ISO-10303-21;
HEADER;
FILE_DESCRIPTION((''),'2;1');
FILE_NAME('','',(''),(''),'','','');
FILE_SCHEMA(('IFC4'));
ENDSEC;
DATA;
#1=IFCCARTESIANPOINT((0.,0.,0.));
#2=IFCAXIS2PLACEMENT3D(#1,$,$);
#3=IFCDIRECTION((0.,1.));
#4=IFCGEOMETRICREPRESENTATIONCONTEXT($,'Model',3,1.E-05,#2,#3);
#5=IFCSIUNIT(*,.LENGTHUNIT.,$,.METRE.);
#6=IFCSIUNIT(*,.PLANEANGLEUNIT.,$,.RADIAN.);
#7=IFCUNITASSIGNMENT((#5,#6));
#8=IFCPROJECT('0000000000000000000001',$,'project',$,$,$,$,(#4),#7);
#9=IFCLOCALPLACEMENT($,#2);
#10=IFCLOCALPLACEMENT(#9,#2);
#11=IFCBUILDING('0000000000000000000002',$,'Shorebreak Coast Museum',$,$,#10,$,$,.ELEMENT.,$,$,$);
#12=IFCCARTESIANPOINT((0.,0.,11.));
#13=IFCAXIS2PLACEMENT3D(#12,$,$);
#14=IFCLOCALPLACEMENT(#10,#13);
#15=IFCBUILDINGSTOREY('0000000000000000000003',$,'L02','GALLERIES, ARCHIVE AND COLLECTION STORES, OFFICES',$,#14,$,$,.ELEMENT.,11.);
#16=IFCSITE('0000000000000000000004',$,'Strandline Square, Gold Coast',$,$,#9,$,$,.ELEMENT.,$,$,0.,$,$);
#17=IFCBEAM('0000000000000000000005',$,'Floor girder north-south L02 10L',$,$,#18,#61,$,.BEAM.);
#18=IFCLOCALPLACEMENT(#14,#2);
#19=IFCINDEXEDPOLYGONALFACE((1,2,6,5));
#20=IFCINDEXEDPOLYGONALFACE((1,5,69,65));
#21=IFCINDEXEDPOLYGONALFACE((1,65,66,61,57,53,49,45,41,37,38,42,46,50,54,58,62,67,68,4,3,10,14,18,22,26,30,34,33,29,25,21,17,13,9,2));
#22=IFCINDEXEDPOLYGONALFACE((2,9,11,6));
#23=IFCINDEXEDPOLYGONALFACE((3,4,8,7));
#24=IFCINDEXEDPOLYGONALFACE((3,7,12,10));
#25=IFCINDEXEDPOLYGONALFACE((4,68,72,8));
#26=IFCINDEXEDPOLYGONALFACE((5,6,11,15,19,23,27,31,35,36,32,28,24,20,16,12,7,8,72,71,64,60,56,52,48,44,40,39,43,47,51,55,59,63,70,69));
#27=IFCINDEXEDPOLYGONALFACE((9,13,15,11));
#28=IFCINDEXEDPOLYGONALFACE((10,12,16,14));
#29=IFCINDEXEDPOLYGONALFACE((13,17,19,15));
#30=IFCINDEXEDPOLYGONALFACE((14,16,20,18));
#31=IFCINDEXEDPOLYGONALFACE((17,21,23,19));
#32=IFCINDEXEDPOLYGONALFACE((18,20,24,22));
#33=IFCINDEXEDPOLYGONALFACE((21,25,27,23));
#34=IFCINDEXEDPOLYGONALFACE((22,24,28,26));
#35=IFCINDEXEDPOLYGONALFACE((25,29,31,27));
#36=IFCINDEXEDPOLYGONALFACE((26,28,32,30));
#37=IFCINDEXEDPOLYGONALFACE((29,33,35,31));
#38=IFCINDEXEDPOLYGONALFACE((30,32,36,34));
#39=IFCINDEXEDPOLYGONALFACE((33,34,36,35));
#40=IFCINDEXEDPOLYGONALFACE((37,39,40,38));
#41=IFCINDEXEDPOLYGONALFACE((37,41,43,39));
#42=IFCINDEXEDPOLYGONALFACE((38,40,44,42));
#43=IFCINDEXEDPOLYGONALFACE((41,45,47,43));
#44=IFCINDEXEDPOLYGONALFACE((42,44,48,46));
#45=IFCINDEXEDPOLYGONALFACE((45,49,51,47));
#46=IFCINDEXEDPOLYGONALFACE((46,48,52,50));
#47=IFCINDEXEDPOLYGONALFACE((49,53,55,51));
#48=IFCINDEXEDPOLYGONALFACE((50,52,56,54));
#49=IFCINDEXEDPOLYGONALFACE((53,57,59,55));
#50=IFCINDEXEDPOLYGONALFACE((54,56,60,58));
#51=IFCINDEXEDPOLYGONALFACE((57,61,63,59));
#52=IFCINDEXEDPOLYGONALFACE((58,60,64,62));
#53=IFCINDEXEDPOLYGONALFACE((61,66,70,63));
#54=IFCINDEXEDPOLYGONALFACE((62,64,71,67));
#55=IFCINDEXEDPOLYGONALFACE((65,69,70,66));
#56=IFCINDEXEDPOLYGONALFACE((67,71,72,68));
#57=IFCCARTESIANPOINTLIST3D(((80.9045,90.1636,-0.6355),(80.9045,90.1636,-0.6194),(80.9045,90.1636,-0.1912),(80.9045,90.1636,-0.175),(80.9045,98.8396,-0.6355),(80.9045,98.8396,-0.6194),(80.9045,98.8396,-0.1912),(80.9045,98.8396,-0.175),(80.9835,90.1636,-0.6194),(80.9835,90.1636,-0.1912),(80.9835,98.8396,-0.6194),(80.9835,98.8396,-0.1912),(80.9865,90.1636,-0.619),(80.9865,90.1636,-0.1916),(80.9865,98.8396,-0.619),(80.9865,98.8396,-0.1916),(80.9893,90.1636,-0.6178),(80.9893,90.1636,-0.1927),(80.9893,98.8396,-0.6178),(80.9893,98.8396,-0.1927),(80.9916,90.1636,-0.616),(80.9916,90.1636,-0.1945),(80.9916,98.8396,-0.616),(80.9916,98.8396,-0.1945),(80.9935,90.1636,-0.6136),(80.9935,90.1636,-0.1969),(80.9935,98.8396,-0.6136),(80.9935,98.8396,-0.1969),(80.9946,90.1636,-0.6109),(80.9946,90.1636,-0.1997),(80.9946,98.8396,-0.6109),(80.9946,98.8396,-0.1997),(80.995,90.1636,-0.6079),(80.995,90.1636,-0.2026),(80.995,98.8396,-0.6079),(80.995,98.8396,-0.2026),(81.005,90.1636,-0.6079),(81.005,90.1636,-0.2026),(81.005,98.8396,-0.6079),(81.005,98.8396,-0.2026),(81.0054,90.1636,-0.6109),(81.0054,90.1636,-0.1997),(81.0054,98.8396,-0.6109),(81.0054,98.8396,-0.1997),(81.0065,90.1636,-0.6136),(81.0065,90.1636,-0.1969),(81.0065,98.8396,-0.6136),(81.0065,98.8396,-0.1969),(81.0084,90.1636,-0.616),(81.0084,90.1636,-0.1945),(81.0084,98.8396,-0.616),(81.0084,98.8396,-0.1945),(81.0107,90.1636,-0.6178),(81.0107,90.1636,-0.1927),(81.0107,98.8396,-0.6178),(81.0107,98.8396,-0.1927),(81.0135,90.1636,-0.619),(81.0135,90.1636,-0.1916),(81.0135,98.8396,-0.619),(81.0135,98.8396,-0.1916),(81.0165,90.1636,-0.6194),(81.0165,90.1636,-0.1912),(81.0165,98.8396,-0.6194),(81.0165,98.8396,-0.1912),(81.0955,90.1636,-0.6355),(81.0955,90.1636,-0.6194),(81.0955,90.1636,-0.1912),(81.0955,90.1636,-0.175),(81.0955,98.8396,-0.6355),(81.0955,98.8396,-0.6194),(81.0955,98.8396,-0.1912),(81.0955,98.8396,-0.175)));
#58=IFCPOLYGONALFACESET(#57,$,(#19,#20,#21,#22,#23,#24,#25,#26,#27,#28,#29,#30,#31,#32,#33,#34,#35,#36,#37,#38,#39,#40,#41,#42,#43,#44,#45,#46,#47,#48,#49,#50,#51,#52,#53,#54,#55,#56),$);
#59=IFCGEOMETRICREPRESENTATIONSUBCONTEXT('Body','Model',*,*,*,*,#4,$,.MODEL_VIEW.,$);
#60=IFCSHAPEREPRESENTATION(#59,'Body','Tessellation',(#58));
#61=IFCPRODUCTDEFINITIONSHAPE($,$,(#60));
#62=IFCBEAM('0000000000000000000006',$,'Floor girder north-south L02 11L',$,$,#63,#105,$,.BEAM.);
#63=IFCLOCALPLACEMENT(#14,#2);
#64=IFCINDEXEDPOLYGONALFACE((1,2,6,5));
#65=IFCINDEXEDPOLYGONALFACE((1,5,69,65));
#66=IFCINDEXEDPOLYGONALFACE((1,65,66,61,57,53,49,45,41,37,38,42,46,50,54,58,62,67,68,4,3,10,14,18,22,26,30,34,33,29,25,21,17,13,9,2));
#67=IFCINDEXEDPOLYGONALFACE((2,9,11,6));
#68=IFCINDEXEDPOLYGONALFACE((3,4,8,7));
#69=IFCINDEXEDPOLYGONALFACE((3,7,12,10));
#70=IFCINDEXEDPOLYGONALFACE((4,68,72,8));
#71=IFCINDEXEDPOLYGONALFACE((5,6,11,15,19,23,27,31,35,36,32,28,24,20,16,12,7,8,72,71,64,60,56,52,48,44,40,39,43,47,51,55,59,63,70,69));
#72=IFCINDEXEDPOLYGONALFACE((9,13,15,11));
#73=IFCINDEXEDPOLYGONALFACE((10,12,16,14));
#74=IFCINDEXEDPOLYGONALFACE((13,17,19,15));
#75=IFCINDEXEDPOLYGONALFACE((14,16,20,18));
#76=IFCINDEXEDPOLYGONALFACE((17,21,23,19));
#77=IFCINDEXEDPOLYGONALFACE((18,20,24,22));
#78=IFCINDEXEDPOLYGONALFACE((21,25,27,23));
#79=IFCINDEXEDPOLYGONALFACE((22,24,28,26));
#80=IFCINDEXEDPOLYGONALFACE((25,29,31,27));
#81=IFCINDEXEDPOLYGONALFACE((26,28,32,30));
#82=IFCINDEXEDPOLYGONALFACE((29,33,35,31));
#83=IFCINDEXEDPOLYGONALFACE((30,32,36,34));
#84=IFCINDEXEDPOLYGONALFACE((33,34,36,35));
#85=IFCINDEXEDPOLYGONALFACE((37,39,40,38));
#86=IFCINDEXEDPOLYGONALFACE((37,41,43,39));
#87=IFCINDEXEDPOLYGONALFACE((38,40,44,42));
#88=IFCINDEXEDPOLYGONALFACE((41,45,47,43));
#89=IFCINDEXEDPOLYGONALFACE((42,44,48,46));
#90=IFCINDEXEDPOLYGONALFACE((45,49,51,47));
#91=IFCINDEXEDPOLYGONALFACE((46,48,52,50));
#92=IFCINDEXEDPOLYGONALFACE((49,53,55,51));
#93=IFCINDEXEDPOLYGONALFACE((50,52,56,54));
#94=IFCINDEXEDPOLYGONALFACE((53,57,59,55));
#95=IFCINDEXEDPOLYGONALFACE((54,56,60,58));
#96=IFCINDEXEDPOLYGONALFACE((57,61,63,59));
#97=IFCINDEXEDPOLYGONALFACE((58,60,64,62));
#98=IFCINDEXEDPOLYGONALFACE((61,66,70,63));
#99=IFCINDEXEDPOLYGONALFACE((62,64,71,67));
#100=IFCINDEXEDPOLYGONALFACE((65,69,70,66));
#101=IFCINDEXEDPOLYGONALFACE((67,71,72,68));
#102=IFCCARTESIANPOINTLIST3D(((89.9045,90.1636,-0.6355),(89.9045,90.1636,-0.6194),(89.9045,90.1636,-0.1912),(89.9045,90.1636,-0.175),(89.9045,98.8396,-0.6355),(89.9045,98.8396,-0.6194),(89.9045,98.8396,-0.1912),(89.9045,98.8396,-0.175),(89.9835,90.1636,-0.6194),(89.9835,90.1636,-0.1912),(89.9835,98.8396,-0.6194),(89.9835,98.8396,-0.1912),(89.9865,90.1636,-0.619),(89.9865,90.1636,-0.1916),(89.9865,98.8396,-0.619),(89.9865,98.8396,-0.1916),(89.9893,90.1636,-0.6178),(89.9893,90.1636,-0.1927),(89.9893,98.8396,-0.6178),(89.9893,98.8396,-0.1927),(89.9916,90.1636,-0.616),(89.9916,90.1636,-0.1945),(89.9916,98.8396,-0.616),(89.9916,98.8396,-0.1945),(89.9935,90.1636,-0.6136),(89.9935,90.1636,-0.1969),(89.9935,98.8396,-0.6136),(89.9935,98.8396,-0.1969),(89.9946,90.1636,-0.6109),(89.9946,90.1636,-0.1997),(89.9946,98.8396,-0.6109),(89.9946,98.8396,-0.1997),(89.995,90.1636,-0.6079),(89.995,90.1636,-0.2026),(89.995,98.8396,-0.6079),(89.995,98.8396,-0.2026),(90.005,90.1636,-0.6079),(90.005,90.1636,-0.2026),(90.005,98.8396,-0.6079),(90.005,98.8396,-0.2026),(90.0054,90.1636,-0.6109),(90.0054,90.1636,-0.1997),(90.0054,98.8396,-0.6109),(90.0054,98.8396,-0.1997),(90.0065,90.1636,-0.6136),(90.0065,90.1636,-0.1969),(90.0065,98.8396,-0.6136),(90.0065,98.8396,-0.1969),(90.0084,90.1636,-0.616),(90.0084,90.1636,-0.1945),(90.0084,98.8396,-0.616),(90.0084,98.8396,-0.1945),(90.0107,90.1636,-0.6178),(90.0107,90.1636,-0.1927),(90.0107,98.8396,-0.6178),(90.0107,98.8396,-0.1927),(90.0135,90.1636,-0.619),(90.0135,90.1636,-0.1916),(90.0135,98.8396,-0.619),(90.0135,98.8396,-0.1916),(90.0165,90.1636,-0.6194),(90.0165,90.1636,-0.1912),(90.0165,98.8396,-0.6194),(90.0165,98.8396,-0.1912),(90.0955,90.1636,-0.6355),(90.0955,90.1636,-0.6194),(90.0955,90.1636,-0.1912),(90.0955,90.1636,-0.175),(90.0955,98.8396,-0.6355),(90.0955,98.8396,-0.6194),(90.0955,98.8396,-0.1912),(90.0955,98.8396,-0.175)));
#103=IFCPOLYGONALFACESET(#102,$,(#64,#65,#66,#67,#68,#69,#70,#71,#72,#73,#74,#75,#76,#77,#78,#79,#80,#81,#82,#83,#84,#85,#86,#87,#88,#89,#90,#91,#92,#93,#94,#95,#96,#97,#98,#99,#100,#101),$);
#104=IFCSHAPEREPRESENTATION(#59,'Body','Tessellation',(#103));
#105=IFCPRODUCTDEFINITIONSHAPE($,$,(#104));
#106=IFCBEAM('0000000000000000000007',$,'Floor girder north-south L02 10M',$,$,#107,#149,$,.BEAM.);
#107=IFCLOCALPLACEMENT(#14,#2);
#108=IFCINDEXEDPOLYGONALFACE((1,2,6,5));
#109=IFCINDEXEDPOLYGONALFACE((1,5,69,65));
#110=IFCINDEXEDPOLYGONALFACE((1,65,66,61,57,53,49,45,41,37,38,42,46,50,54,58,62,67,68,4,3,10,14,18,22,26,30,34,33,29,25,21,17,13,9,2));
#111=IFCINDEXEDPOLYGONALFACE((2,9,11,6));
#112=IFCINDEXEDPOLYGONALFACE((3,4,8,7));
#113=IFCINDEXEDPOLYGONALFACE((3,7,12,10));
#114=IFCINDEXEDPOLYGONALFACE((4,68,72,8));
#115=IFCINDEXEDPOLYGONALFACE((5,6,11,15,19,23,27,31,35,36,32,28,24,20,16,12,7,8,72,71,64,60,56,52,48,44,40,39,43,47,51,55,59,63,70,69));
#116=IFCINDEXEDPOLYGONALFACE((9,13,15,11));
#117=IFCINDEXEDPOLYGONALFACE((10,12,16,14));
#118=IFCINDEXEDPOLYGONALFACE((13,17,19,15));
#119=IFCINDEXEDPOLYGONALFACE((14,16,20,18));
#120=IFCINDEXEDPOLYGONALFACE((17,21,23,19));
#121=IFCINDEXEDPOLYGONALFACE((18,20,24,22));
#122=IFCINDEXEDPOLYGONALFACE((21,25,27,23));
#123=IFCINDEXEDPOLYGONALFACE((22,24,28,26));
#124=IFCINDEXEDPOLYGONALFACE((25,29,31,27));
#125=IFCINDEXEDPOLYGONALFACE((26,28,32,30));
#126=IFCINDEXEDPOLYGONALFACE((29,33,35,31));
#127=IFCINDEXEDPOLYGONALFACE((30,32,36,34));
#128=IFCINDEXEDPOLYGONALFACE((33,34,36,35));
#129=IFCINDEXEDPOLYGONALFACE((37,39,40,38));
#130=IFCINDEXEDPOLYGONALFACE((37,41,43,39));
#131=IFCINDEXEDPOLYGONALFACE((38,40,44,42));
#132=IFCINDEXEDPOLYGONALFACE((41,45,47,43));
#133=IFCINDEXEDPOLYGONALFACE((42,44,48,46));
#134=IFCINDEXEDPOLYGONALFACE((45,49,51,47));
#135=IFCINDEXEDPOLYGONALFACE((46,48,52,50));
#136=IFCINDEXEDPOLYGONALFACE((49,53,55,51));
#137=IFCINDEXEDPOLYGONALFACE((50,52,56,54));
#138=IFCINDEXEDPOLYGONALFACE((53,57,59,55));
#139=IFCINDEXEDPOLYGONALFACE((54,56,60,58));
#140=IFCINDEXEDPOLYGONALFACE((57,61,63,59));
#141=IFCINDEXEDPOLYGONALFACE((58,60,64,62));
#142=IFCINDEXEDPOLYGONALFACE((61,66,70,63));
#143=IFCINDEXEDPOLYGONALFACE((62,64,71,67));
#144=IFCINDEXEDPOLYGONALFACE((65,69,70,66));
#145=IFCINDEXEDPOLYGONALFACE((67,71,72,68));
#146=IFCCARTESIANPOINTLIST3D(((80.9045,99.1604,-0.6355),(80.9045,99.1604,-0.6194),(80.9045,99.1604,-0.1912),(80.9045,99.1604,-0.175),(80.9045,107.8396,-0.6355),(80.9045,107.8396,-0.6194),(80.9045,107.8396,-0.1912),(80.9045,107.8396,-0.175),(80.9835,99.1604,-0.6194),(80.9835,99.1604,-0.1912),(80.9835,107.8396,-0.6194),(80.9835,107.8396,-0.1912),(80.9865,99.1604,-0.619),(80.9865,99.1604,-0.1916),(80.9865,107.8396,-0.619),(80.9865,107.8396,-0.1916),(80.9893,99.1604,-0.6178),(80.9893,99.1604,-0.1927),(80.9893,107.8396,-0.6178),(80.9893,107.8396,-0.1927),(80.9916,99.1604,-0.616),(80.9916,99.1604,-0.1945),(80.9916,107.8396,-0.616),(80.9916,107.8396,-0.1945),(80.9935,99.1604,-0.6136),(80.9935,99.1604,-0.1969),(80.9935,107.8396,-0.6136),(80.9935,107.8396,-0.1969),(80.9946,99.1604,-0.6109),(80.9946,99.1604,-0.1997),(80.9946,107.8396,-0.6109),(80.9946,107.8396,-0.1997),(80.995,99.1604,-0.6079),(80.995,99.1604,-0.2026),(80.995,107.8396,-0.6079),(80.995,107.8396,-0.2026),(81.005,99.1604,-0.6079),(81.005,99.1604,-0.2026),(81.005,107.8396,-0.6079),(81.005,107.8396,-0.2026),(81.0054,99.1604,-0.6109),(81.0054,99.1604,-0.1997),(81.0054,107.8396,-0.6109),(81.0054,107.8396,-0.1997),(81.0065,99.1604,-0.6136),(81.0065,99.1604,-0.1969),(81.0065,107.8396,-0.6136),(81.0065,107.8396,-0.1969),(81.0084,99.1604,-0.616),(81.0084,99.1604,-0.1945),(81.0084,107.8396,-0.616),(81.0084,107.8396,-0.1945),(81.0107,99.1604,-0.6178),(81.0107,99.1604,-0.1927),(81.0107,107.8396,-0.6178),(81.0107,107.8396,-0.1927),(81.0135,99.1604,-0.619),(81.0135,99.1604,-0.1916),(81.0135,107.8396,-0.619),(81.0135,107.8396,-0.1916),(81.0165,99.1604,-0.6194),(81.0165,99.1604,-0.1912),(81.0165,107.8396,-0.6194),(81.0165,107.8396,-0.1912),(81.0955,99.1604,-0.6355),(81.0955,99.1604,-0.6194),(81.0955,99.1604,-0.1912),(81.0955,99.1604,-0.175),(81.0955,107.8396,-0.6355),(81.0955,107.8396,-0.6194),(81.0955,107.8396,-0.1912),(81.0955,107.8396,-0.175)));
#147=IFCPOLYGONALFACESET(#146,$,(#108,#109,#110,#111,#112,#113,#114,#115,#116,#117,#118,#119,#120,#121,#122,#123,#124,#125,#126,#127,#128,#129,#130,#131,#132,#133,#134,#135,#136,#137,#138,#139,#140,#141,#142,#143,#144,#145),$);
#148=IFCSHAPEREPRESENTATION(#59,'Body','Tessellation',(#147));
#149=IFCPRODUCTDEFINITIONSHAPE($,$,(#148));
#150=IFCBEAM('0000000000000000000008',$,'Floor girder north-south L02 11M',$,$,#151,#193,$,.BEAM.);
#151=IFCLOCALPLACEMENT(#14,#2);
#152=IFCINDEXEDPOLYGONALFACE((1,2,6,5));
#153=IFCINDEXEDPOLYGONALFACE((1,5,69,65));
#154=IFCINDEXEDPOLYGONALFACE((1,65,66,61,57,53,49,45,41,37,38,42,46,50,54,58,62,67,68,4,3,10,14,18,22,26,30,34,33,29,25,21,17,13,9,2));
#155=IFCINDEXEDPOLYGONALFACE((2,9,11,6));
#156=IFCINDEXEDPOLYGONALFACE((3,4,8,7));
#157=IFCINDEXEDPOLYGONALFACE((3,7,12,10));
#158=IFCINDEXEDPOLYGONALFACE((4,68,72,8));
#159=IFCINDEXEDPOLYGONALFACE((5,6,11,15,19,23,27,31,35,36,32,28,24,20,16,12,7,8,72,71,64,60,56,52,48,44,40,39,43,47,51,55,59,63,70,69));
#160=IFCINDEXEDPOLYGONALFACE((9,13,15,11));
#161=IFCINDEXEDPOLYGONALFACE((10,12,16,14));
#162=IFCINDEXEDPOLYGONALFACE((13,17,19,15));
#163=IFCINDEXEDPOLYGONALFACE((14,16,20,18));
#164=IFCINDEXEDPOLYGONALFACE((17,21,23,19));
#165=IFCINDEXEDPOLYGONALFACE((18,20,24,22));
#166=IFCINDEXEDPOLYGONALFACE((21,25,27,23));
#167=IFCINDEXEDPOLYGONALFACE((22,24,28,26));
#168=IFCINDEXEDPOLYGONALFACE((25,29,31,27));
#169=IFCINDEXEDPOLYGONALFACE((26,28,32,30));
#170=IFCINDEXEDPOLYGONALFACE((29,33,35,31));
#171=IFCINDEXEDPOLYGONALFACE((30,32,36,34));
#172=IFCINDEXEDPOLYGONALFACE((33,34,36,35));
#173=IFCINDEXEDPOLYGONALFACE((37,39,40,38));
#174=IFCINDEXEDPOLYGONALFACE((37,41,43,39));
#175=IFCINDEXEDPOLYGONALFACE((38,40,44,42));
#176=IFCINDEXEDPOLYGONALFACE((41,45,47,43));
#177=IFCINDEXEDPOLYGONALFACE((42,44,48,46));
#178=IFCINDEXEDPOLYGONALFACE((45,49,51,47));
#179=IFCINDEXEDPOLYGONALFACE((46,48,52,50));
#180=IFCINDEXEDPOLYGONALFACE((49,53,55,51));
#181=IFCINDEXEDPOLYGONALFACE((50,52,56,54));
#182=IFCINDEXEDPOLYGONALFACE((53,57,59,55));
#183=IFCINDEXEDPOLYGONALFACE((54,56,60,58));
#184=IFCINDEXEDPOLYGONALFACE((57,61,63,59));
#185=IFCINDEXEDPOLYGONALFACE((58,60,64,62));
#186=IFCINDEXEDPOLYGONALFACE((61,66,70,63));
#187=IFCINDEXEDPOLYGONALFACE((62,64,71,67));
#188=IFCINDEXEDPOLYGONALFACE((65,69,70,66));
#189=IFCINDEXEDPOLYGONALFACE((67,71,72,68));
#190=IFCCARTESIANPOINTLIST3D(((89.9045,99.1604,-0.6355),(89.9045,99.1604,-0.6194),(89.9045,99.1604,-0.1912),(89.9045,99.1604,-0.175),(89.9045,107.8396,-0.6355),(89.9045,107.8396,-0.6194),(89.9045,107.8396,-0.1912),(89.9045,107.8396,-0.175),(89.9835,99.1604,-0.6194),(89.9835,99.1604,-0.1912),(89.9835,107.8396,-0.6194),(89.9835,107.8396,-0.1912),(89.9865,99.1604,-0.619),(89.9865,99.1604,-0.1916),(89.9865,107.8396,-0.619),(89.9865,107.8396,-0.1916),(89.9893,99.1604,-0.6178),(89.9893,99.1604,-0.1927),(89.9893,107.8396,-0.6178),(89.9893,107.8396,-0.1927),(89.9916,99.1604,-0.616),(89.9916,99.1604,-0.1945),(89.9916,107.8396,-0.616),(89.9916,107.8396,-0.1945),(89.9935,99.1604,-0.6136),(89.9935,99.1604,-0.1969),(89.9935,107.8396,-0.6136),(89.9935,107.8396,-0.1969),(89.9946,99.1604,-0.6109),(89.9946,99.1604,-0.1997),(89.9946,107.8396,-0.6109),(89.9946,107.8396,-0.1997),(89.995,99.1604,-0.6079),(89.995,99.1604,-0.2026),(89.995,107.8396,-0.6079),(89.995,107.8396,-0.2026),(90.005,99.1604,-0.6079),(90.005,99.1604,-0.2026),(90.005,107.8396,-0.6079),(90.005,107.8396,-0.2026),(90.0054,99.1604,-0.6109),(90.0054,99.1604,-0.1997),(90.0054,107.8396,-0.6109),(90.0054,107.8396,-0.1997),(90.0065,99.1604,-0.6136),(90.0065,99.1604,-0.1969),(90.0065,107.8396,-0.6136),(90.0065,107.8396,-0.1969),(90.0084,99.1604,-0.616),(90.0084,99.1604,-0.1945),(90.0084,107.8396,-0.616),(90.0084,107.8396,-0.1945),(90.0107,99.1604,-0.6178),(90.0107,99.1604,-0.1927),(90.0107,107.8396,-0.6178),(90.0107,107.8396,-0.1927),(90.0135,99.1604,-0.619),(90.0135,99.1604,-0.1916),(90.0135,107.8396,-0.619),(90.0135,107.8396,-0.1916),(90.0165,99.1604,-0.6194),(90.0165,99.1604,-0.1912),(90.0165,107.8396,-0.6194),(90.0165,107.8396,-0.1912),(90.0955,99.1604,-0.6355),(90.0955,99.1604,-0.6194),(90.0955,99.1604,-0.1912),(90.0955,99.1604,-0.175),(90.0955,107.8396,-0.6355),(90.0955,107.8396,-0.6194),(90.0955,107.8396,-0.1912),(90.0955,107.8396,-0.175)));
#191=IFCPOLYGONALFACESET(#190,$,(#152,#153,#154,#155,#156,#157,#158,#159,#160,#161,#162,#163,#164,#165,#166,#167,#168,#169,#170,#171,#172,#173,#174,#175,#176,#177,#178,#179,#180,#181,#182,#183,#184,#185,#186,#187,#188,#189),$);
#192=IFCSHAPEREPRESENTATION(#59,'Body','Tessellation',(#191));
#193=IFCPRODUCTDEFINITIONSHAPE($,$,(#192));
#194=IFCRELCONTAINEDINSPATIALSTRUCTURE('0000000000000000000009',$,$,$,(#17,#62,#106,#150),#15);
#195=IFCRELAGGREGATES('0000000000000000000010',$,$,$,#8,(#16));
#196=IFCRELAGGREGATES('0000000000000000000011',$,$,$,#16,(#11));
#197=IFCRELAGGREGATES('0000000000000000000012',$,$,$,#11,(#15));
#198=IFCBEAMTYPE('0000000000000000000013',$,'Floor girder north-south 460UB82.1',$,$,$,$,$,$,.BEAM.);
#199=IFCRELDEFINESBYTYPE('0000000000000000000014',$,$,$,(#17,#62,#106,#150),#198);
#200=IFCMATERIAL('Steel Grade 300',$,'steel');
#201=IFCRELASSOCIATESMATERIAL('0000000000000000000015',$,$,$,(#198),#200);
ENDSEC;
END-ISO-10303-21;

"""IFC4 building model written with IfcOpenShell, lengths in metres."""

from ifc_helpers import new_model, si_unit, direction, frame, origin, origin_2d, place, context, subcontext, project, spatial, i_section, extrude, material, material_profile, profile_set, type_object, element, save


model = new_model("IFC4")

# Units and contexts
model_context = context("Model", 3, precision=1e-05, world=origin(), true_north=direction((0.0, 1.0)))
body_context = subcontext(model_context, "Body", "Model", "MODEL_VIEW")
ifc_project = project(units=[si_unit("LENGTHUNIT", "METRE"), si_unit("PLANEANGLEUNIT", "RADIAN")], contexts=[model_context])

# Site, building, storey
site_placement = place(None, origin())
site = spatial("IfcSite", under=ifc_project, at=site_placement, Name="Strandline Square, Gold Coast", CompositionType="ELEMENT", RefElevation=0.0)
building_placement = place(site_placement, origin())
building = spatial("IfcBuilding", under=site, at=building_placement, Name="Shorebreak Coast Museum", CompositionType="ELEMENT")
storey_placement = place(building_placement, frame((0.0, 0.0, 11.0)))
storey = spatial("IfcBuildingStorey", under=building, at=storey_placement, Name="L02", Description="GALLERIES, ARCHIVE AND COLLECTION STORES, OFFICES", CompositionType="ELEMENT", Elevation=11.0)

# Beams
ifc_material_1 = material(Name="Steel Grade 300", Category="steel")
ifc_material_profile_1 = material_profile(ifc_material_1, i_section(OverallWidth=0.1909, OverallDepth=0.4604, WebThickness=0.01, FlangeThickness=0.0161, FilletRadius=0.0115, at=origin_2d()), Name="460UB82.1")
ifc_profile_set_1 = profile_set([ifc_material_profile_1], Name="Steel Grade 300")
beam_type_1 = type_object("IfcBeamType", Name="Floor girder north-south 460UB82.1", PredefinedType="BEAM", material=ifc_profile_set_1)
for number, where, z_axis, x_axis, name in (
    (1, (81.0, 90.1636, -0.4053), (0.0, 1.0, 0.0), (-1.0, 0.0, 0.0), "Floor girder north-south L02 10L"),
    (2, (90.0, 90.1636, -0.4053), (0.0, 1.0, 0.0), (-1.0, 0.0, 0.0), "Floor girder north-south L02 11L"),
):
    element("IfcBeam", number, at=place(storey_placement, frame(where, z_axis=z_axis, x_axis=x_axis)), inside=storey, type_object=beam_type_1, Name=name, PredefinedType="BEAM", context=body_context, shape_type="SweptSolid", body=[
        extrude(i_section(OverallWidth=0.1909, OverallDepth=0.4604, WebThickness=0.01, FlangeThickness=0.0161, FilletRadius=0.0115, at=origin_2d()), origin(), (0.0, 0.0, 1.0), 8.676),
    ])
for number, where, z_axis, x_axis, name in (
    (3, (81.0, 99.1604, -0.4053), (0.0, 1.0, 0.0), (-1.0, 0.0, 0.0), "Floor girder north-south L02 10M"),
    (4, (90.0, 99.1604, -0.4053), (0.0, 1.0, 0.0), (-1.0, 0.0, 0.0), "Floor girder north-south L02 11M"),
):
    element("IfcBeam", number, at=place(storey_placement, frame(where, z_axis=z_axis, x_axis=x_axis)), inside=storey, type_object=beam_type_1, Name=name, PredefinedType="BEAM", context=body_context, shape_type="SweptSolid", body=[
        extrude(i_section(OverallWidth=0.1909, OverallDepth=0.4604, WebThickness=0.01, FlangeThickness=0.0161, FilletRadius=0.0115, at=origin_2d()), origin(), (0.0, 0.0, 1.0), 8.6792),
    ])

save(model, "model.ifc")
